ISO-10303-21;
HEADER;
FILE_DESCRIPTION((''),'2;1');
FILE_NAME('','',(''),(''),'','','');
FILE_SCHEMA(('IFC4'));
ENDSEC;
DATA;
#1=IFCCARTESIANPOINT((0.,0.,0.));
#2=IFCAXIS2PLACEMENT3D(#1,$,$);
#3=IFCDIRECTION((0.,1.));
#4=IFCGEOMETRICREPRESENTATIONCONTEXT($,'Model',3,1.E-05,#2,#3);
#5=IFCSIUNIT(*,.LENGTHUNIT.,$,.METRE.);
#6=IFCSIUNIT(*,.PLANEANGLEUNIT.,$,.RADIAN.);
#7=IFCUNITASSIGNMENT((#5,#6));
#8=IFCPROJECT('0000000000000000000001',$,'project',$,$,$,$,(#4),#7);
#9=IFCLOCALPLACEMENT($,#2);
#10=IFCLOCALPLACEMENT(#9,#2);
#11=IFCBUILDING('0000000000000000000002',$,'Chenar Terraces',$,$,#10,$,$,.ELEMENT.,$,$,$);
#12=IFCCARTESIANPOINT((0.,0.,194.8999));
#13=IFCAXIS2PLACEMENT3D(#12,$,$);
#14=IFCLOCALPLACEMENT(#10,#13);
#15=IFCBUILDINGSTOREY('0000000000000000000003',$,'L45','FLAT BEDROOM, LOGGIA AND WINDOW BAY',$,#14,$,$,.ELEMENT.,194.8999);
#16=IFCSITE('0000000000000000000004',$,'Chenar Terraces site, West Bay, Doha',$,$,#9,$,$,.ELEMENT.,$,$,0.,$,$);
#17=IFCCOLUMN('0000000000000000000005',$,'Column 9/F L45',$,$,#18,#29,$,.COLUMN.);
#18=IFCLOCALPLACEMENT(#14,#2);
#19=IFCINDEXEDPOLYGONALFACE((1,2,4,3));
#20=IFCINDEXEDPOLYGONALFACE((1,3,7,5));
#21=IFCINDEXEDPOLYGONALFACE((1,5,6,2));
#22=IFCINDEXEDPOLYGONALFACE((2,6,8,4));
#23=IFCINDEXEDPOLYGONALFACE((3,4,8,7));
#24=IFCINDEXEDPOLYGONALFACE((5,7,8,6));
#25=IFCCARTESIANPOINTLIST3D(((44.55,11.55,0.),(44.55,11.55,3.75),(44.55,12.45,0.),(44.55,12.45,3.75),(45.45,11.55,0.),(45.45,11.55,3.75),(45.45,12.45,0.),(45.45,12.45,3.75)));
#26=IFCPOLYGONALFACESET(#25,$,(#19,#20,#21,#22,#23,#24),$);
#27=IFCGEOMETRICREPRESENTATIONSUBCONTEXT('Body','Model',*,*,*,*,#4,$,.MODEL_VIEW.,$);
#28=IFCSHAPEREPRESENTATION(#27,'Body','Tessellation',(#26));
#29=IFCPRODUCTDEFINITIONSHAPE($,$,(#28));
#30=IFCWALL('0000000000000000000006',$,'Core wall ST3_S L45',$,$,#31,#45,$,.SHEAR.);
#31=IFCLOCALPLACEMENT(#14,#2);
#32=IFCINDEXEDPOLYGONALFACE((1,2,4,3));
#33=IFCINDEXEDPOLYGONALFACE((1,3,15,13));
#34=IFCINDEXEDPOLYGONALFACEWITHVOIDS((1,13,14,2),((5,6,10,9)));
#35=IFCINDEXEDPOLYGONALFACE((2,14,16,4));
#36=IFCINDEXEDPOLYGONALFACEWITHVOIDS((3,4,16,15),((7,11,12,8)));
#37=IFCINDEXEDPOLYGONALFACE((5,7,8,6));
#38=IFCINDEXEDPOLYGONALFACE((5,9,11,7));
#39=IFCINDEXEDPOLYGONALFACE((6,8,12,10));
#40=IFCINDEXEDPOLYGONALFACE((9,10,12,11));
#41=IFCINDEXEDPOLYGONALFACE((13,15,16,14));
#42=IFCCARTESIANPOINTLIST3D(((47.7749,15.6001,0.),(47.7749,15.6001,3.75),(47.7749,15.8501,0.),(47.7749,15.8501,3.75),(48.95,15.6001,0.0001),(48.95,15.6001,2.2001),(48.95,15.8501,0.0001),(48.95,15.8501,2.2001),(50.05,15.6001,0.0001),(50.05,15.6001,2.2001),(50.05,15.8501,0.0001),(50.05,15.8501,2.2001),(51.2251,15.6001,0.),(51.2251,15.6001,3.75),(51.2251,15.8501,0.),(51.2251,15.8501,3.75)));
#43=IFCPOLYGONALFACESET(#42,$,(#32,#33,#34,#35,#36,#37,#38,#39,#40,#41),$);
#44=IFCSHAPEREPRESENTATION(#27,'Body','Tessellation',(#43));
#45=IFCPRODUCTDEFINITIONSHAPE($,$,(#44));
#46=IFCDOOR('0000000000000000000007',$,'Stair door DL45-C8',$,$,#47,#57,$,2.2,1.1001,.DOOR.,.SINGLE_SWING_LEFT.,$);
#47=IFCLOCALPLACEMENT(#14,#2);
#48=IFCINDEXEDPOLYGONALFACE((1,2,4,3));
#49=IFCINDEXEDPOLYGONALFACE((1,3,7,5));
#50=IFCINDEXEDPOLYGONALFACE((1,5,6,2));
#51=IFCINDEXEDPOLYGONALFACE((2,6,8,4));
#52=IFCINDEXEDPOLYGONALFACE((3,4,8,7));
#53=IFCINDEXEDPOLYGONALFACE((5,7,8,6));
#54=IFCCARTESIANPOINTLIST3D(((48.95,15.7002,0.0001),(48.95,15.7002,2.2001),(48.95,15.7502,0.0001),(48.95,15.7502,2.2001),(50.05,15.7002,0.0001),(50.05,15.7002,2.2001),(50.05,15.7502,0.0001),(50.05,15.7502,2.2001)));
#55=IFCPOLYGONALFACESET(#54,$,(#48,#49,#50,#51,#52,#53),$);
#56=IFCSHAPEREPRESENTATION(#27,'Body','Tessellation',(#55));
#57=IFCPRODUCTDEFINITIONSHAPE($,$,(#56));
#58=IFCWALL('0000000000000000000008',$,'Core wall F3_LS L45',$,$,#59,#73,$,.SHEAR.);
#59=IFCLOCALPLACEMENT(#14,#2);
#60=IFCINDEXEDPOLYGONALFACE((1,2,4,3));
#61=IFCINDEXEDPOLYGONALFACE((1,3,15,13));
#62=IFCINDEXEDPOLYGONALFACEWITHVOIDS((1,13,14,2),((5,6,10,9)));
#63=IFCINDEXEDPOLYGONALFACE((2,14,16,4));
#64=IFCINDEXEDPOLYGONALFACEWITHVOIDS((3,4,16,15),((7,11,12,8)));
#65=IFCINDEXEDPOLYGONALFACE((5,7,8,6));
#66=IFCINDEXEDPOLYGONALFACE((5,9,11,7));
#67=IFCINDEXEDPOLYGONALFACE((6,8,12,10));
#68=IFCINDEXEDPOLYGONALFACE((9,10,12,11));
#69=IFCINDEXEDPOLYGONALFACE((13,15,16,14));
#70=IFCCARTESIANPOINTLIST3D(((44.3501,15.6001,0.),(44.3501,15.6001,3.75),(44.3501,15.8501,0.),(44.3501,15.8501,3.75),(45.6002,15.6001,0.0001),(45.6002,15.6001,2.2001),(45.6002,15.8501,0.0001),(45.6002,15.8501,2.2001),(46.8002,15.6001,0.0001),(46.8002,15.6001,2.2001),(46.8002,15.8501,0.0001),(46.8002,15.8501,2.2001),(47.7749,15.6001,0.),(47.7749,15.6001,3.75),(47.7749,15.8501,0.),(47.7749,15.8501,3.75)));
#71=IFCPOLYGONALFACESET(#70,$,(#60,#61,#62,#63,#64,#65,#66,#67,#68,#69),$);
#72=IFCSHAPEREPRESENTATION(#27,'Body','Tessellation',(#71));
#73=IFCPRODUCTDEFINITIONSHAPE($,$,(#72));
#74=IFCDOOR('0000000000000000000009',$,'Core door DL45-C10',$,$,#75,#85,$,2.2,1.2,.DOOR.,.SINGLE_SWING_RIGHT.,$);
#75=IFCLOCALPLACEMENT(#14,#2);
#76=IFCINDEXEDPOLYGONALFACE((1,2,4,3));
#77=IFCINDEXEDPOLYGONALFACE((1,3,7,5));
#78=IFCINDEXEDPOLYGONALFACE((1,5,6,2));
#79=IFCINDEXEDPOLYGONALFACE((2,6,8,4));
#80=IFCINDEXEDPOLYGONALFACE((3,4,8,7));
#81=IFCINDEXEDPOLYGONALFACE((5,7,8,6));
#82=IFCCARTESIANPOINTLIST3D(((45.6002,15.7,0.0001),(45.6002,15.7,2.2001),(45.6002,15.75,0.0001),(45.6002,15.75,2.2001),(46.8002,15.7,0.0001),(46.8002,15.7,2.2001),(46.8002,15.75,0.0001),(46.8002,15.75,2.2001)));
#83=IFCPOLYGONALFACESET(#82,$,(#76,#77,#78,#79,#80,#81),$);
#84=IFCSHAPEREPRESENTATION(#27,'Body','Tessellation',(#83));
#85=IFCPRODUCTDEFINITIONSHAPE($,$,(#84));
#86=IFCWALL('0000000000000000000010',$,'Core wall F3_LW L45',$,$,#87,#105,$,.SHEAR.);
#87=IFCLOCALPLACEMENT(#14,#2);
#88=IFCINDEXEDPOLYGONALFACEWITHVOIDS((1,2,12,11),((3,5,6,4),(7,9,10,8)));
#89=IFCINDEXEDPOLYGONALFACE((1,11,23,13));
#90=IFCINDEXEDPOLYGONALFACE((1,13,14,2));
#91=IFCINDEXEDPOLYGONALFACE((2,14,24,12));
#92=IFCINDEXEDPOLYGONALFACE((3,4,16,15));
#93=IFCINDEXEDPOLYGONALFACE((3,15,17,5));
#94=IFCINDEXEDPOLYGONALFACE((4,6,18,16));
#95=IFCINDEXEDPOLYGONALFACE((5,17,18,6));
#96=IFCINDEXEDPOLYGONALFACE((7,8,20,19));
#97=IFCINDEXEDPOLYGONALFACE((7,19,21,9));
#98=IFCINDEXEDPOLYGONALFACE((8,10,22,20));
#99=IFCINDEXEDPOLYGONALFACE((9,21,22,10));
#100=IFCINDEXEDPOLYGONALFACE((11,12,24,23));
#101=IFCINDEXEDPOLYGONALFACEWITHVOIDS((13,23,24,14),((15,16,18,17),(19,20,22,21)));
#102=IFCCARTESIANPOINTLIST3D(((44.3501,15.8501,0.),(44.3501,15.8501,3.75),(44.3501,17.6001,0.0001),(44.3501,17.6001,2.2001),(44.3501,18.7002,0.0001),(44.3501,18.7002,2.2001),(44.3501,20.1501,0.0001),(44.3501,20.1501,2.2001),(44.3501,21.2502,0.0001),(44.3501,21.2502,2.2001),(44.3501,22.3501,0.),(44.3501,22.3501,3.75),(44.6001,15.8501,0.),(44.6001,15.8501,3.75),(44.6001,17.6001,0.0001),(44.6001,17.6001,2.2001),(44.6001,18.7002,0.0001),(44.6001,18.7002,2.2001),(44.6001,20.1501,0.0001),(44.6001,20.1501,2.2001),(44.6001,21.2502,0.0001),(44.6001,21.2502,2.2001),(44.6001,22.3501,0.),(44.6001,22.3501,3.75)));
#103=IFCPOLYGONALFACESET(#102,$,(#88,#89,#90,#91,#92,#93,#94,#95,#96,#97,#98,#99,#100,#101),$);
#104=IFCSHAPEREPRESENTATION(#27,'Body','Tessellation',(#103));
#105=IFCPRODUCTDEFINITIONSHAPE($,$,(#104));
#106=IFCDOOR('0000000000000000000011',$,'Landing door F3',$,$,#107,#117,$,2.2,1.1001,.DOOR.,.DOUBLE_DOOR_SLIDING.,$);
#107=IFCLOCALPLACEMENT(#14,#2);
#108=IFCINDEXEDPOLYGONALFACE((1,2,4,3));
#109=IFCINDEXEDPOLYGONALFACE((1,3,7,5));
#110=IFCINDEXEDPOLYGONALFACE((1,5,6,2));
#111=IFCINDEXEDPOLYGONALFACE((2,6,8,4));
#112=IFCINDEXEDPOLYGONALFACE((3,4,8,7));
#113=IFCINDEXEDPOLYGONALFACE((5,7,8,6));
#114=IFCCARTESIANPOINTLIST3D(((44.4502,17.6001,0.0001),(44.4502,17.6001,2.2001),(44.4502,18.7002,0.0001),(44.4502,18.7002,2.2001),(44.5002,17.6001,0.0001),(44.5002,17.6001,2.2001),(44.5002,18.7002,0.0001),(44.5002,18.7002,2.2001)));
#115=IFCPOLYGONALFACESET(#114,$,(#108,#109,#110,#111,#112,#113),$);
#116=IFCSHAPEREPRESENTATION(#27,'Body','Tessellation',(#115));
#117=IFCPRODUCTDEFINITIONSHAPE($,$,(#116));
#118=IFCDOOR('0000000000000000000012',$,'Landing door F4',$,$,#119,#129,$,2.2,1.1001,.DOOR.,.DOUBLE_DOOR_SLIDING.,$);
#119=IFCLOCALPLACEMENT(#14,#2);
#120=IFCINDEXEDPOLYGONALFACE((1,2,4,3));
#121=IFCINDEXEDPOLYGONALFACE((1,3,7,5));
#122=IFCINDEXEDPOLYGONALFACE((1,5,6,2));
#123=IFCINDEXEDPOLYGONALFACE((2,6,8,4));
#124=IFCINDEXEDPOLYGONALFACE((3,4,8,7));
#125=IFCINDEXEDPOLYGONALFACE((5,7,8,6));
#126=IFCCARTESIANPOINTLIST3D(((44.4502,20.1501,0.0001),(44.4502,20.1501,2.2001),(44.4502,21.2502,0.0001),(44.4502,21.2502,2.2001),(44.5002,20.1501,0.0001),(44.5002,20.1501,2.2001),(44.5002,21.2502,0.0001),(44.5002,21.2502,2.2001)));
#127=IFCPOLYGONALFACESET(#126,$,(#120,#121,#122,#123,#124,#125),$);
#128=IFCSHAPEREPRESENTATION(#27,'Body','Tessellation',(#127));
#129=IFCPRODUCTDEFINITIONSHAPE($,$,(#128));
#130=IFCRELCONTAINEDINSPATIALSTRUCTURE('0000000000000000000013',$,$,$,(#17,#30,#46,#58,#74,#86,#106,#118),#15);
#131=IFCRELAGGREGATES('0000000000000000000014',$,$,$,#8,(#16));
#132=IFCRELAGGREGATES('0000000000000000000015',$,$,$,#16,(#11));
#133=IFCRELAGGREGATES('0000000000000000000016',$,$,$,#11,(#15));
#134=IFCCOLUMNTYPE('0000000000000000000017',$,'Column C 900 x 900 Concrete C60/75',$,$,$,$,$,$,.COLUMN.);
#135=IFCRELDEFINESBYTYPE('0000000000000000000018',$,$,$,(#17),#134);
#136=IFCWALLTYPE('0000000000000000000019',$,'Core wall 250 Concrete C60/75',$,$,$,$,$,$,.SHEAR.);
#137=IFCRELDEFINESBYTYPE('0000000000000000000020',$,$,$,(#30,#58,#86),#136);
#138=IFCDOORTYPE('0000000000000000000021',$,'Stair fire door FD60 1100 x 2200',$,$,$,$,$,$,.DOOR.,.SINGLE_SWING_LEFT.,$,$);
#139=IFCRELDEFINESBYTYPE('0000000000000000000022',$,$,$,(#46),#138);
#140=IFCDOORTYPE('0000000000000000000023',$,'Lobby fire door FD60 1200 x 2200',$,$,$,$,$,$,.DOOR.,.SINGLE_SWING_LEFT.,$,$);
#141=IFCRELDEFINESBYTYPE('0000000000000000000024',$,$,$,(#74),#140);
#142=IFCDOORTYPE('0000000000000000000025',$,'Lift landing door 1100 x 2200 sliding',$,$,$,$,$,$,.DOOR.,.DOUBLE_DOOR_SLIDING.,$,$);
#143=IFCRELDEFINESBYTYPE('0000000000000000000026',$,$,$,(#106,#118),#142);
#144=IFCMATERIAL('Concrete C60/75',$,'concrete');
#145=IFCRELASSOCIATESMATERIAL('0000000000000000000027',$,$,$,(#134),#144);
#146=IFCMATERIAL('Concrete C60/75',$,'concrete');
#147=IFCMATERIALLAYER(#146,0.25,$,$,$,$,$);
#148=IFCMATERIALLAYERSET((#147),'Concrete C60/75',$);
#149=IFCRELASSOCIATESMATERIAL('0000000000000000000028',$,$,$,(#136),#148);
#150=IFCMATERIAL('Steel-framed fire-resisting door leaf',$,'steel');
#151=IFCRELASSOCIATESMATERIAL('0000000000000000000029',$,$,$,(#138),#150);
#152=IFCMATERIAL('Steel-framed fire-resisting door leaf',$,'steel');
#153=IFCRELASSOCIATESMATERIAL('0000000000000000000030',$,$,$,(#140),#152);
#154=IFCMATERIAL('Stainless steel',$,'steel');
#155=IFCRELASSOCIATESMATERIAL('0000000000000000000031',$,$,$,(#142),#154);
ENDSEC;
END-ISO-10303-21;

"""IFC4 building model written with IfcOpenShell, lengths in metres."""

from ifc_helpers import new_model, si_unit, direction, frame, frame_2d, origin, origin_2d, place, context, subcontext, project, spatial, rectangle, extrude, material, layer, layer_set, material_profile, profile_set, type_object, element, fill, save


model = new_model("IFC4")

# Units and contexts
model_context = context("Model", 3, precision=1e-05, world=origin(), true_north=direction((0.0, 1.0)))
body_context = subcontext(model_context, "Body", "Model", "MODEL_VIEW")
ifc_project = project(units=[si_unit("LENGTHUNIT", "METRE"), si_unit("PLANEANGLEUNIT", "RADIAN")], contexts=[model_context])

# Site, building, storey
site_placement = place(None, origin())
site = spatial("IfcSite", under=ifc_project, at=site_placement, Name="Chenar Terraces site, West Bay, Doha", CompositionType="ELEMENT", RefElevation=0.0)
building_placement = place(site_placement, origin())
building = spatial("IfcBuilding", under=site, at=building_placement, Name="Chenar Terraces", CompositionType="ELEMENT")
storey_placement = place(building_placement, frame((0.0, 0.0, 194.8999)))
storey = spatial("IfcBuildingStorey", under=building, at=storey_placement, Name="L45", Description="FLAT BEDROOM, LOGGIA AND WINDOW BAY", CompositionType="ELEMENT", Elevation=194.8999)

# Column
ifc_material_1 = material(Name="Concrete C60/75", Category="concrete")
ifc_material_profile = material_profile(ifc_material_1, rectangle(XDim=0.8999, YDim=0.8999, at=origin_2d()), Name="C 900 x 900")
ifc_profile_set = profile_set([ifc_material_profile], Name="Concrete C60/75")
column_type = type_object("IfcColumnType", Name="Column C 900 x 900 Concrete C60/75", PredefinedType="COLUMN", material=ifc_profile_set)
column_placement = place(storey_placement, frame((45.0, 12.0, 0.0), z_axis=(0.0, 0.0, 1.0), x_axis=(1.0, 0.0, 0.0)))
element("IfcColumn", 1, at=column_placement, inside=storey, type_object=column_type, Name="Column 9/F L45", PredefinedType="COLUMN", context=body_context, shape_type="SweptSolid", body=[
    extrude(rectangle(XDim=0.8999, YDim=0.8999, at=origin_2d()), origin(), (0.0, 0.0, 1.0), 3.75),
])

# Walls, openings, doors
ifc_material_2 = material(Name="Concrete C60/75", Category="concrete")
ifc_layer_1 = layer(ifc_material_2, 0.25)
ifc_layer_set_1 = layer_set([ifc_layer_1], Name="Concrete C60/75")
wall_type_1 = type_object("IfcWallType", Name="Core wall 250 Concrete C60/75", PredefinedType="SHEAR", material=ifc_layer_set_1)
wall_1_placement = place(storey_placement, frame((47.7749, 15.7251, 0.0), z_axis=(0.0, 0.0, 1.0), x_axis=(1.0, 0.0, 0.0)))
wall_1 = element("IfcWall", 2, at=wall_1_placement, inside=storey, type_object=wall_type_1, Name="Core wall ST3_S L45", PredefinedType="SHEAR", context=body_context, shape_type="SweptSolid", body=[
    extrude(rectangle(XDim=3.4502, YDim=0.25, at=frame_2d((1.7251, 0.0))), origin(), (0.0, 0.0, 1.0), 3.75),
])
opening_1_placement = place(wall_1_placement, frame((1.175, 0.0, 0.0)))
opening_1 = element("IfcOpeningElement", 3, at=opening_1_placement, cuts=wall_1, PredefinedType="OPENING", context=body_context, shape_type="SweptSolid", body=[
    extrude(rectangle(XDim=1.1001, YDim=2.2, at=frame_2d((0.55, 1.1001))), frame((0.0, 0.135, 0.0), z_axis=(0.0, -1.0, 0.0), x_axis=(1.0, 0.0, 0.0)), (0.0, 0.0, 1.0), 0.27),
])
ifc_material_3 = material(Name="Steel-framed fire-resisting door leaf", Category="steel")
door_type_1 = type_object("IfcDoorType", Name="Stair fire door FD60 1100 x 2200", OperationType="SINGLE_SWING_LEFT", PredefinedType="DOOR", material=ifc_material_3)
door_1_placement = place(opening_1_placement, frame((1.1001, 0.0, 0.0), z_axis=(0.0, 0.0, 1.0), x_axis=(-1.0, 0.0, 0.0)))
door_1 = element("IfcDoor", 4, at=door_1_placement, inside=storey, type_object=door_type_1, Name="Stair door DL45-C8", OperationType="SINGLE_SWING_LEFT", OverallHeight=2.2, OverallWidth=1.1001, PredefinedType="DOOR", context=body_context, shape_type="SweptSolid", body=[
    extrude(rectangle(XDim=1.1001, YDim=2.2, at=frame_2d((0.55, 1.1001))), frame((0.0, 0.0249, 0.0), z_axis=(0.0, -1.0, 0.0), x_axis=(1.0, 0.0, 0.0)), (0.0, 0.0, 1.0), 0.05),
])
fill(opening_1, door_1)
wall_2_placement = place(storey_placement, frame((44.3501, 15.7251, 0.0), z_axis=(0.0, 0.0, 1.0), x_axis=(1.0, 0.0, 0.0)))
wall_2 = element("IfcWall", 5, at=wall_2_placement, inside=storey, type_object=wall_type_1, Name="Core wall F3_LS L45", PredefinedType="SHEAR", context=body_context, shape_type="SweptSolid", body=[
    extrude(rectangle(XDim=3.4248, YDim=0.25, at=frame_2d((1.7124, 0.0))), origin(), (0.0, 0.0, 1.0), 3.75),
])
opening_2_placement = place(wall_2_placement, frame((1.25, 0.0, 0.0)))
opening_2 = element("IfcOpeningElement", 6, at=opening_2_placement, cuts=wall_2, PredefinedType="OPENING", context=body_context, shape_type="SweptSolid", body=[
    extrude(rectangle(XDim=1.2, YDim=2.2, at=frame_2d((0.6001, 1.1001))), frame((0.0, 0.135, 0.0), z_axis=(0.0, -1.0, 0.0), x_axis=(1.0, 0.0, 0.0)), (0.0, 0.0, 1.0), 0.27),
])
ifc_material_4 = material(Name="Steel-framed fire-resisting door leaf", Category="steel")
door_type_2 = type_object("IfcDoorType", Name="Lobby fire door FD60 1200 x 2200", OperationType="SINGLE_SWING_LEFT", PredefinedType="DOOR", material=ifc_material_4)
door_2_placement = place(opening_2_placement, origin())
door_2 = element("IfcDoor", 7, at=door_2_placement, inside=storey, type_object=door_type_2, Name="Core door DL45-C10", OperationType="SINGLE_SWING_RIGHT", OverallHeight=2.2, OverallWidth=1.2, PredefinedType="DOOR", context=body_context, shape_type="SweptSolid", body=[
    extrude(rectangle(XDim=1.2, YDim=2.2, at=frame_2d((0.6001, 1.1001))), frame((0.0, 0.0249, 0.0), z_axis=(0.0, -1.0, 0.0), x_axis=(1.0, 0.0, 0.0)), (0.0, 0.0, 1.0), 0.05),
])
fill(opening_2, door_2)

# Wall, openings, doors
wall_3_placement = place(storey_placement, frame((44.4751, 15.8501, 0.0), z_axis=(0.0, 0.0, 1.0), x_axis=(0.0, 1.0, 0.0)))
wall_3 = element("IfcWall", 8, at=wall_3_placement, inside=storey, type_object=wall_type_1, Name="Core wall F3_LW L45", PredefinedType="SHEAR", context=body_context, shape_type="SweptSolid", body=[
    extrude(rectangle(XDim=6.5, YDim=0.25, at=frame_2d((3.25, 0.0))), origin(), (0.0, 0.0, 1.0), 3.75),
])
opening_3_placement = place(wall_3_placement, frame((1.75, 0.0, 0.0)))
opening_3 = element("IfcOpeningElement", 9, at=opening_3_placement, cuts=wall_3, PredefinedType="OPENING", context=body_context, shape_type="SweptSolid", body=[
    extrude(rectangle(XDim=1.1001, YDim=2.2, at=frame_2d((0.55, 1.1001))), frame((0.0, 0.135, 0.0), z_axis=(0.0, -1.0, 0.0), x_axis=(1.0, 0.0, 0.0)), (0.0, 0.0, 1.0), 0.27),
])
opening_4_placement = place(wall_3_placement, frame((4.3, 0.0, 0.0)))
opening_4 = element("IfcOpeningElement", 10, at=opening_4_placement, cuts=wall_3, PredefinedType="OPENING", context=body_context, shape_type="SweptSolid", body=[
    extrude(rectangle(XDim=1.1001, YDim=2.2, at=frame_2d((0.55, 1.1001))), frame((0.0, 0.135, 0.0), z_axis=(0.0, -1.0, 0.0), x_axis=(1.0, 0.0, 0.0)), (0.0, 0.0, 1.0), 0.27),
])
ifc_material_5 = material(Name="Stainless steel", Category="steel")
door_type_3 = type_object("IfcDoorType", Name="Lift landing door 1100 x 2200 sliding", OperationType="DOUBLE_DOOR_SLIDING", PredefinedType="DOOR", material=ifc_material_5)
door_3_placement = place(opening_3_placement, origin())
door_3 = element("IfcDoor", 11, at=door_3_placement, inside=storey, type_object=door_type_3, Name="Landing door F3", OperationType="DOUBLE_DOOR_SLIDING", OverallHeight=2.2, OverallWidth=1.1001, PredefinedType="DOOR", context=body_context, shape_type="SweptSolid", body=[
    extrude(rectangle(XDim=1.1001, YDim=2.2, at=frame_2d((0.55, 1.1001))), frame((0.0, 0.0249, 0.0), z_axis=(0.0, -1.0, 0.0), x_axis=(1.0, 0.0, 0.0)), (0.0, 0.0, 1.0), 0.05),
])
fill(opening_3, door_3)
door_4_placement = place(opening_4_placement, origin())
door_4 = element("IfcDoor", 12, at=door_4_placement, inside=storey, type_object=door_type_3, Name="Landing door F4", OperationType="DOUBLE_DOOR_SLIDING", OverallHeight=2.2, OverallWidth=1.1001, PredefinedType="DOOR", context=body_context, shape_type="SweptSolid", body=[
    extrude(rectangle(XDim=1.1001, YDim=2.2, at=frame_2d((0.55, 1.1001))), frame((0.0, 0.0249, 0.0), z_axis=(0.0, -1.0, 0.0), x_axis=(1.0, 0.0, 0.0)), (0.0, 0.0, 1.0), 0.05),
])
fill(opening_4, door_4)

save(model, "model.ifc")
